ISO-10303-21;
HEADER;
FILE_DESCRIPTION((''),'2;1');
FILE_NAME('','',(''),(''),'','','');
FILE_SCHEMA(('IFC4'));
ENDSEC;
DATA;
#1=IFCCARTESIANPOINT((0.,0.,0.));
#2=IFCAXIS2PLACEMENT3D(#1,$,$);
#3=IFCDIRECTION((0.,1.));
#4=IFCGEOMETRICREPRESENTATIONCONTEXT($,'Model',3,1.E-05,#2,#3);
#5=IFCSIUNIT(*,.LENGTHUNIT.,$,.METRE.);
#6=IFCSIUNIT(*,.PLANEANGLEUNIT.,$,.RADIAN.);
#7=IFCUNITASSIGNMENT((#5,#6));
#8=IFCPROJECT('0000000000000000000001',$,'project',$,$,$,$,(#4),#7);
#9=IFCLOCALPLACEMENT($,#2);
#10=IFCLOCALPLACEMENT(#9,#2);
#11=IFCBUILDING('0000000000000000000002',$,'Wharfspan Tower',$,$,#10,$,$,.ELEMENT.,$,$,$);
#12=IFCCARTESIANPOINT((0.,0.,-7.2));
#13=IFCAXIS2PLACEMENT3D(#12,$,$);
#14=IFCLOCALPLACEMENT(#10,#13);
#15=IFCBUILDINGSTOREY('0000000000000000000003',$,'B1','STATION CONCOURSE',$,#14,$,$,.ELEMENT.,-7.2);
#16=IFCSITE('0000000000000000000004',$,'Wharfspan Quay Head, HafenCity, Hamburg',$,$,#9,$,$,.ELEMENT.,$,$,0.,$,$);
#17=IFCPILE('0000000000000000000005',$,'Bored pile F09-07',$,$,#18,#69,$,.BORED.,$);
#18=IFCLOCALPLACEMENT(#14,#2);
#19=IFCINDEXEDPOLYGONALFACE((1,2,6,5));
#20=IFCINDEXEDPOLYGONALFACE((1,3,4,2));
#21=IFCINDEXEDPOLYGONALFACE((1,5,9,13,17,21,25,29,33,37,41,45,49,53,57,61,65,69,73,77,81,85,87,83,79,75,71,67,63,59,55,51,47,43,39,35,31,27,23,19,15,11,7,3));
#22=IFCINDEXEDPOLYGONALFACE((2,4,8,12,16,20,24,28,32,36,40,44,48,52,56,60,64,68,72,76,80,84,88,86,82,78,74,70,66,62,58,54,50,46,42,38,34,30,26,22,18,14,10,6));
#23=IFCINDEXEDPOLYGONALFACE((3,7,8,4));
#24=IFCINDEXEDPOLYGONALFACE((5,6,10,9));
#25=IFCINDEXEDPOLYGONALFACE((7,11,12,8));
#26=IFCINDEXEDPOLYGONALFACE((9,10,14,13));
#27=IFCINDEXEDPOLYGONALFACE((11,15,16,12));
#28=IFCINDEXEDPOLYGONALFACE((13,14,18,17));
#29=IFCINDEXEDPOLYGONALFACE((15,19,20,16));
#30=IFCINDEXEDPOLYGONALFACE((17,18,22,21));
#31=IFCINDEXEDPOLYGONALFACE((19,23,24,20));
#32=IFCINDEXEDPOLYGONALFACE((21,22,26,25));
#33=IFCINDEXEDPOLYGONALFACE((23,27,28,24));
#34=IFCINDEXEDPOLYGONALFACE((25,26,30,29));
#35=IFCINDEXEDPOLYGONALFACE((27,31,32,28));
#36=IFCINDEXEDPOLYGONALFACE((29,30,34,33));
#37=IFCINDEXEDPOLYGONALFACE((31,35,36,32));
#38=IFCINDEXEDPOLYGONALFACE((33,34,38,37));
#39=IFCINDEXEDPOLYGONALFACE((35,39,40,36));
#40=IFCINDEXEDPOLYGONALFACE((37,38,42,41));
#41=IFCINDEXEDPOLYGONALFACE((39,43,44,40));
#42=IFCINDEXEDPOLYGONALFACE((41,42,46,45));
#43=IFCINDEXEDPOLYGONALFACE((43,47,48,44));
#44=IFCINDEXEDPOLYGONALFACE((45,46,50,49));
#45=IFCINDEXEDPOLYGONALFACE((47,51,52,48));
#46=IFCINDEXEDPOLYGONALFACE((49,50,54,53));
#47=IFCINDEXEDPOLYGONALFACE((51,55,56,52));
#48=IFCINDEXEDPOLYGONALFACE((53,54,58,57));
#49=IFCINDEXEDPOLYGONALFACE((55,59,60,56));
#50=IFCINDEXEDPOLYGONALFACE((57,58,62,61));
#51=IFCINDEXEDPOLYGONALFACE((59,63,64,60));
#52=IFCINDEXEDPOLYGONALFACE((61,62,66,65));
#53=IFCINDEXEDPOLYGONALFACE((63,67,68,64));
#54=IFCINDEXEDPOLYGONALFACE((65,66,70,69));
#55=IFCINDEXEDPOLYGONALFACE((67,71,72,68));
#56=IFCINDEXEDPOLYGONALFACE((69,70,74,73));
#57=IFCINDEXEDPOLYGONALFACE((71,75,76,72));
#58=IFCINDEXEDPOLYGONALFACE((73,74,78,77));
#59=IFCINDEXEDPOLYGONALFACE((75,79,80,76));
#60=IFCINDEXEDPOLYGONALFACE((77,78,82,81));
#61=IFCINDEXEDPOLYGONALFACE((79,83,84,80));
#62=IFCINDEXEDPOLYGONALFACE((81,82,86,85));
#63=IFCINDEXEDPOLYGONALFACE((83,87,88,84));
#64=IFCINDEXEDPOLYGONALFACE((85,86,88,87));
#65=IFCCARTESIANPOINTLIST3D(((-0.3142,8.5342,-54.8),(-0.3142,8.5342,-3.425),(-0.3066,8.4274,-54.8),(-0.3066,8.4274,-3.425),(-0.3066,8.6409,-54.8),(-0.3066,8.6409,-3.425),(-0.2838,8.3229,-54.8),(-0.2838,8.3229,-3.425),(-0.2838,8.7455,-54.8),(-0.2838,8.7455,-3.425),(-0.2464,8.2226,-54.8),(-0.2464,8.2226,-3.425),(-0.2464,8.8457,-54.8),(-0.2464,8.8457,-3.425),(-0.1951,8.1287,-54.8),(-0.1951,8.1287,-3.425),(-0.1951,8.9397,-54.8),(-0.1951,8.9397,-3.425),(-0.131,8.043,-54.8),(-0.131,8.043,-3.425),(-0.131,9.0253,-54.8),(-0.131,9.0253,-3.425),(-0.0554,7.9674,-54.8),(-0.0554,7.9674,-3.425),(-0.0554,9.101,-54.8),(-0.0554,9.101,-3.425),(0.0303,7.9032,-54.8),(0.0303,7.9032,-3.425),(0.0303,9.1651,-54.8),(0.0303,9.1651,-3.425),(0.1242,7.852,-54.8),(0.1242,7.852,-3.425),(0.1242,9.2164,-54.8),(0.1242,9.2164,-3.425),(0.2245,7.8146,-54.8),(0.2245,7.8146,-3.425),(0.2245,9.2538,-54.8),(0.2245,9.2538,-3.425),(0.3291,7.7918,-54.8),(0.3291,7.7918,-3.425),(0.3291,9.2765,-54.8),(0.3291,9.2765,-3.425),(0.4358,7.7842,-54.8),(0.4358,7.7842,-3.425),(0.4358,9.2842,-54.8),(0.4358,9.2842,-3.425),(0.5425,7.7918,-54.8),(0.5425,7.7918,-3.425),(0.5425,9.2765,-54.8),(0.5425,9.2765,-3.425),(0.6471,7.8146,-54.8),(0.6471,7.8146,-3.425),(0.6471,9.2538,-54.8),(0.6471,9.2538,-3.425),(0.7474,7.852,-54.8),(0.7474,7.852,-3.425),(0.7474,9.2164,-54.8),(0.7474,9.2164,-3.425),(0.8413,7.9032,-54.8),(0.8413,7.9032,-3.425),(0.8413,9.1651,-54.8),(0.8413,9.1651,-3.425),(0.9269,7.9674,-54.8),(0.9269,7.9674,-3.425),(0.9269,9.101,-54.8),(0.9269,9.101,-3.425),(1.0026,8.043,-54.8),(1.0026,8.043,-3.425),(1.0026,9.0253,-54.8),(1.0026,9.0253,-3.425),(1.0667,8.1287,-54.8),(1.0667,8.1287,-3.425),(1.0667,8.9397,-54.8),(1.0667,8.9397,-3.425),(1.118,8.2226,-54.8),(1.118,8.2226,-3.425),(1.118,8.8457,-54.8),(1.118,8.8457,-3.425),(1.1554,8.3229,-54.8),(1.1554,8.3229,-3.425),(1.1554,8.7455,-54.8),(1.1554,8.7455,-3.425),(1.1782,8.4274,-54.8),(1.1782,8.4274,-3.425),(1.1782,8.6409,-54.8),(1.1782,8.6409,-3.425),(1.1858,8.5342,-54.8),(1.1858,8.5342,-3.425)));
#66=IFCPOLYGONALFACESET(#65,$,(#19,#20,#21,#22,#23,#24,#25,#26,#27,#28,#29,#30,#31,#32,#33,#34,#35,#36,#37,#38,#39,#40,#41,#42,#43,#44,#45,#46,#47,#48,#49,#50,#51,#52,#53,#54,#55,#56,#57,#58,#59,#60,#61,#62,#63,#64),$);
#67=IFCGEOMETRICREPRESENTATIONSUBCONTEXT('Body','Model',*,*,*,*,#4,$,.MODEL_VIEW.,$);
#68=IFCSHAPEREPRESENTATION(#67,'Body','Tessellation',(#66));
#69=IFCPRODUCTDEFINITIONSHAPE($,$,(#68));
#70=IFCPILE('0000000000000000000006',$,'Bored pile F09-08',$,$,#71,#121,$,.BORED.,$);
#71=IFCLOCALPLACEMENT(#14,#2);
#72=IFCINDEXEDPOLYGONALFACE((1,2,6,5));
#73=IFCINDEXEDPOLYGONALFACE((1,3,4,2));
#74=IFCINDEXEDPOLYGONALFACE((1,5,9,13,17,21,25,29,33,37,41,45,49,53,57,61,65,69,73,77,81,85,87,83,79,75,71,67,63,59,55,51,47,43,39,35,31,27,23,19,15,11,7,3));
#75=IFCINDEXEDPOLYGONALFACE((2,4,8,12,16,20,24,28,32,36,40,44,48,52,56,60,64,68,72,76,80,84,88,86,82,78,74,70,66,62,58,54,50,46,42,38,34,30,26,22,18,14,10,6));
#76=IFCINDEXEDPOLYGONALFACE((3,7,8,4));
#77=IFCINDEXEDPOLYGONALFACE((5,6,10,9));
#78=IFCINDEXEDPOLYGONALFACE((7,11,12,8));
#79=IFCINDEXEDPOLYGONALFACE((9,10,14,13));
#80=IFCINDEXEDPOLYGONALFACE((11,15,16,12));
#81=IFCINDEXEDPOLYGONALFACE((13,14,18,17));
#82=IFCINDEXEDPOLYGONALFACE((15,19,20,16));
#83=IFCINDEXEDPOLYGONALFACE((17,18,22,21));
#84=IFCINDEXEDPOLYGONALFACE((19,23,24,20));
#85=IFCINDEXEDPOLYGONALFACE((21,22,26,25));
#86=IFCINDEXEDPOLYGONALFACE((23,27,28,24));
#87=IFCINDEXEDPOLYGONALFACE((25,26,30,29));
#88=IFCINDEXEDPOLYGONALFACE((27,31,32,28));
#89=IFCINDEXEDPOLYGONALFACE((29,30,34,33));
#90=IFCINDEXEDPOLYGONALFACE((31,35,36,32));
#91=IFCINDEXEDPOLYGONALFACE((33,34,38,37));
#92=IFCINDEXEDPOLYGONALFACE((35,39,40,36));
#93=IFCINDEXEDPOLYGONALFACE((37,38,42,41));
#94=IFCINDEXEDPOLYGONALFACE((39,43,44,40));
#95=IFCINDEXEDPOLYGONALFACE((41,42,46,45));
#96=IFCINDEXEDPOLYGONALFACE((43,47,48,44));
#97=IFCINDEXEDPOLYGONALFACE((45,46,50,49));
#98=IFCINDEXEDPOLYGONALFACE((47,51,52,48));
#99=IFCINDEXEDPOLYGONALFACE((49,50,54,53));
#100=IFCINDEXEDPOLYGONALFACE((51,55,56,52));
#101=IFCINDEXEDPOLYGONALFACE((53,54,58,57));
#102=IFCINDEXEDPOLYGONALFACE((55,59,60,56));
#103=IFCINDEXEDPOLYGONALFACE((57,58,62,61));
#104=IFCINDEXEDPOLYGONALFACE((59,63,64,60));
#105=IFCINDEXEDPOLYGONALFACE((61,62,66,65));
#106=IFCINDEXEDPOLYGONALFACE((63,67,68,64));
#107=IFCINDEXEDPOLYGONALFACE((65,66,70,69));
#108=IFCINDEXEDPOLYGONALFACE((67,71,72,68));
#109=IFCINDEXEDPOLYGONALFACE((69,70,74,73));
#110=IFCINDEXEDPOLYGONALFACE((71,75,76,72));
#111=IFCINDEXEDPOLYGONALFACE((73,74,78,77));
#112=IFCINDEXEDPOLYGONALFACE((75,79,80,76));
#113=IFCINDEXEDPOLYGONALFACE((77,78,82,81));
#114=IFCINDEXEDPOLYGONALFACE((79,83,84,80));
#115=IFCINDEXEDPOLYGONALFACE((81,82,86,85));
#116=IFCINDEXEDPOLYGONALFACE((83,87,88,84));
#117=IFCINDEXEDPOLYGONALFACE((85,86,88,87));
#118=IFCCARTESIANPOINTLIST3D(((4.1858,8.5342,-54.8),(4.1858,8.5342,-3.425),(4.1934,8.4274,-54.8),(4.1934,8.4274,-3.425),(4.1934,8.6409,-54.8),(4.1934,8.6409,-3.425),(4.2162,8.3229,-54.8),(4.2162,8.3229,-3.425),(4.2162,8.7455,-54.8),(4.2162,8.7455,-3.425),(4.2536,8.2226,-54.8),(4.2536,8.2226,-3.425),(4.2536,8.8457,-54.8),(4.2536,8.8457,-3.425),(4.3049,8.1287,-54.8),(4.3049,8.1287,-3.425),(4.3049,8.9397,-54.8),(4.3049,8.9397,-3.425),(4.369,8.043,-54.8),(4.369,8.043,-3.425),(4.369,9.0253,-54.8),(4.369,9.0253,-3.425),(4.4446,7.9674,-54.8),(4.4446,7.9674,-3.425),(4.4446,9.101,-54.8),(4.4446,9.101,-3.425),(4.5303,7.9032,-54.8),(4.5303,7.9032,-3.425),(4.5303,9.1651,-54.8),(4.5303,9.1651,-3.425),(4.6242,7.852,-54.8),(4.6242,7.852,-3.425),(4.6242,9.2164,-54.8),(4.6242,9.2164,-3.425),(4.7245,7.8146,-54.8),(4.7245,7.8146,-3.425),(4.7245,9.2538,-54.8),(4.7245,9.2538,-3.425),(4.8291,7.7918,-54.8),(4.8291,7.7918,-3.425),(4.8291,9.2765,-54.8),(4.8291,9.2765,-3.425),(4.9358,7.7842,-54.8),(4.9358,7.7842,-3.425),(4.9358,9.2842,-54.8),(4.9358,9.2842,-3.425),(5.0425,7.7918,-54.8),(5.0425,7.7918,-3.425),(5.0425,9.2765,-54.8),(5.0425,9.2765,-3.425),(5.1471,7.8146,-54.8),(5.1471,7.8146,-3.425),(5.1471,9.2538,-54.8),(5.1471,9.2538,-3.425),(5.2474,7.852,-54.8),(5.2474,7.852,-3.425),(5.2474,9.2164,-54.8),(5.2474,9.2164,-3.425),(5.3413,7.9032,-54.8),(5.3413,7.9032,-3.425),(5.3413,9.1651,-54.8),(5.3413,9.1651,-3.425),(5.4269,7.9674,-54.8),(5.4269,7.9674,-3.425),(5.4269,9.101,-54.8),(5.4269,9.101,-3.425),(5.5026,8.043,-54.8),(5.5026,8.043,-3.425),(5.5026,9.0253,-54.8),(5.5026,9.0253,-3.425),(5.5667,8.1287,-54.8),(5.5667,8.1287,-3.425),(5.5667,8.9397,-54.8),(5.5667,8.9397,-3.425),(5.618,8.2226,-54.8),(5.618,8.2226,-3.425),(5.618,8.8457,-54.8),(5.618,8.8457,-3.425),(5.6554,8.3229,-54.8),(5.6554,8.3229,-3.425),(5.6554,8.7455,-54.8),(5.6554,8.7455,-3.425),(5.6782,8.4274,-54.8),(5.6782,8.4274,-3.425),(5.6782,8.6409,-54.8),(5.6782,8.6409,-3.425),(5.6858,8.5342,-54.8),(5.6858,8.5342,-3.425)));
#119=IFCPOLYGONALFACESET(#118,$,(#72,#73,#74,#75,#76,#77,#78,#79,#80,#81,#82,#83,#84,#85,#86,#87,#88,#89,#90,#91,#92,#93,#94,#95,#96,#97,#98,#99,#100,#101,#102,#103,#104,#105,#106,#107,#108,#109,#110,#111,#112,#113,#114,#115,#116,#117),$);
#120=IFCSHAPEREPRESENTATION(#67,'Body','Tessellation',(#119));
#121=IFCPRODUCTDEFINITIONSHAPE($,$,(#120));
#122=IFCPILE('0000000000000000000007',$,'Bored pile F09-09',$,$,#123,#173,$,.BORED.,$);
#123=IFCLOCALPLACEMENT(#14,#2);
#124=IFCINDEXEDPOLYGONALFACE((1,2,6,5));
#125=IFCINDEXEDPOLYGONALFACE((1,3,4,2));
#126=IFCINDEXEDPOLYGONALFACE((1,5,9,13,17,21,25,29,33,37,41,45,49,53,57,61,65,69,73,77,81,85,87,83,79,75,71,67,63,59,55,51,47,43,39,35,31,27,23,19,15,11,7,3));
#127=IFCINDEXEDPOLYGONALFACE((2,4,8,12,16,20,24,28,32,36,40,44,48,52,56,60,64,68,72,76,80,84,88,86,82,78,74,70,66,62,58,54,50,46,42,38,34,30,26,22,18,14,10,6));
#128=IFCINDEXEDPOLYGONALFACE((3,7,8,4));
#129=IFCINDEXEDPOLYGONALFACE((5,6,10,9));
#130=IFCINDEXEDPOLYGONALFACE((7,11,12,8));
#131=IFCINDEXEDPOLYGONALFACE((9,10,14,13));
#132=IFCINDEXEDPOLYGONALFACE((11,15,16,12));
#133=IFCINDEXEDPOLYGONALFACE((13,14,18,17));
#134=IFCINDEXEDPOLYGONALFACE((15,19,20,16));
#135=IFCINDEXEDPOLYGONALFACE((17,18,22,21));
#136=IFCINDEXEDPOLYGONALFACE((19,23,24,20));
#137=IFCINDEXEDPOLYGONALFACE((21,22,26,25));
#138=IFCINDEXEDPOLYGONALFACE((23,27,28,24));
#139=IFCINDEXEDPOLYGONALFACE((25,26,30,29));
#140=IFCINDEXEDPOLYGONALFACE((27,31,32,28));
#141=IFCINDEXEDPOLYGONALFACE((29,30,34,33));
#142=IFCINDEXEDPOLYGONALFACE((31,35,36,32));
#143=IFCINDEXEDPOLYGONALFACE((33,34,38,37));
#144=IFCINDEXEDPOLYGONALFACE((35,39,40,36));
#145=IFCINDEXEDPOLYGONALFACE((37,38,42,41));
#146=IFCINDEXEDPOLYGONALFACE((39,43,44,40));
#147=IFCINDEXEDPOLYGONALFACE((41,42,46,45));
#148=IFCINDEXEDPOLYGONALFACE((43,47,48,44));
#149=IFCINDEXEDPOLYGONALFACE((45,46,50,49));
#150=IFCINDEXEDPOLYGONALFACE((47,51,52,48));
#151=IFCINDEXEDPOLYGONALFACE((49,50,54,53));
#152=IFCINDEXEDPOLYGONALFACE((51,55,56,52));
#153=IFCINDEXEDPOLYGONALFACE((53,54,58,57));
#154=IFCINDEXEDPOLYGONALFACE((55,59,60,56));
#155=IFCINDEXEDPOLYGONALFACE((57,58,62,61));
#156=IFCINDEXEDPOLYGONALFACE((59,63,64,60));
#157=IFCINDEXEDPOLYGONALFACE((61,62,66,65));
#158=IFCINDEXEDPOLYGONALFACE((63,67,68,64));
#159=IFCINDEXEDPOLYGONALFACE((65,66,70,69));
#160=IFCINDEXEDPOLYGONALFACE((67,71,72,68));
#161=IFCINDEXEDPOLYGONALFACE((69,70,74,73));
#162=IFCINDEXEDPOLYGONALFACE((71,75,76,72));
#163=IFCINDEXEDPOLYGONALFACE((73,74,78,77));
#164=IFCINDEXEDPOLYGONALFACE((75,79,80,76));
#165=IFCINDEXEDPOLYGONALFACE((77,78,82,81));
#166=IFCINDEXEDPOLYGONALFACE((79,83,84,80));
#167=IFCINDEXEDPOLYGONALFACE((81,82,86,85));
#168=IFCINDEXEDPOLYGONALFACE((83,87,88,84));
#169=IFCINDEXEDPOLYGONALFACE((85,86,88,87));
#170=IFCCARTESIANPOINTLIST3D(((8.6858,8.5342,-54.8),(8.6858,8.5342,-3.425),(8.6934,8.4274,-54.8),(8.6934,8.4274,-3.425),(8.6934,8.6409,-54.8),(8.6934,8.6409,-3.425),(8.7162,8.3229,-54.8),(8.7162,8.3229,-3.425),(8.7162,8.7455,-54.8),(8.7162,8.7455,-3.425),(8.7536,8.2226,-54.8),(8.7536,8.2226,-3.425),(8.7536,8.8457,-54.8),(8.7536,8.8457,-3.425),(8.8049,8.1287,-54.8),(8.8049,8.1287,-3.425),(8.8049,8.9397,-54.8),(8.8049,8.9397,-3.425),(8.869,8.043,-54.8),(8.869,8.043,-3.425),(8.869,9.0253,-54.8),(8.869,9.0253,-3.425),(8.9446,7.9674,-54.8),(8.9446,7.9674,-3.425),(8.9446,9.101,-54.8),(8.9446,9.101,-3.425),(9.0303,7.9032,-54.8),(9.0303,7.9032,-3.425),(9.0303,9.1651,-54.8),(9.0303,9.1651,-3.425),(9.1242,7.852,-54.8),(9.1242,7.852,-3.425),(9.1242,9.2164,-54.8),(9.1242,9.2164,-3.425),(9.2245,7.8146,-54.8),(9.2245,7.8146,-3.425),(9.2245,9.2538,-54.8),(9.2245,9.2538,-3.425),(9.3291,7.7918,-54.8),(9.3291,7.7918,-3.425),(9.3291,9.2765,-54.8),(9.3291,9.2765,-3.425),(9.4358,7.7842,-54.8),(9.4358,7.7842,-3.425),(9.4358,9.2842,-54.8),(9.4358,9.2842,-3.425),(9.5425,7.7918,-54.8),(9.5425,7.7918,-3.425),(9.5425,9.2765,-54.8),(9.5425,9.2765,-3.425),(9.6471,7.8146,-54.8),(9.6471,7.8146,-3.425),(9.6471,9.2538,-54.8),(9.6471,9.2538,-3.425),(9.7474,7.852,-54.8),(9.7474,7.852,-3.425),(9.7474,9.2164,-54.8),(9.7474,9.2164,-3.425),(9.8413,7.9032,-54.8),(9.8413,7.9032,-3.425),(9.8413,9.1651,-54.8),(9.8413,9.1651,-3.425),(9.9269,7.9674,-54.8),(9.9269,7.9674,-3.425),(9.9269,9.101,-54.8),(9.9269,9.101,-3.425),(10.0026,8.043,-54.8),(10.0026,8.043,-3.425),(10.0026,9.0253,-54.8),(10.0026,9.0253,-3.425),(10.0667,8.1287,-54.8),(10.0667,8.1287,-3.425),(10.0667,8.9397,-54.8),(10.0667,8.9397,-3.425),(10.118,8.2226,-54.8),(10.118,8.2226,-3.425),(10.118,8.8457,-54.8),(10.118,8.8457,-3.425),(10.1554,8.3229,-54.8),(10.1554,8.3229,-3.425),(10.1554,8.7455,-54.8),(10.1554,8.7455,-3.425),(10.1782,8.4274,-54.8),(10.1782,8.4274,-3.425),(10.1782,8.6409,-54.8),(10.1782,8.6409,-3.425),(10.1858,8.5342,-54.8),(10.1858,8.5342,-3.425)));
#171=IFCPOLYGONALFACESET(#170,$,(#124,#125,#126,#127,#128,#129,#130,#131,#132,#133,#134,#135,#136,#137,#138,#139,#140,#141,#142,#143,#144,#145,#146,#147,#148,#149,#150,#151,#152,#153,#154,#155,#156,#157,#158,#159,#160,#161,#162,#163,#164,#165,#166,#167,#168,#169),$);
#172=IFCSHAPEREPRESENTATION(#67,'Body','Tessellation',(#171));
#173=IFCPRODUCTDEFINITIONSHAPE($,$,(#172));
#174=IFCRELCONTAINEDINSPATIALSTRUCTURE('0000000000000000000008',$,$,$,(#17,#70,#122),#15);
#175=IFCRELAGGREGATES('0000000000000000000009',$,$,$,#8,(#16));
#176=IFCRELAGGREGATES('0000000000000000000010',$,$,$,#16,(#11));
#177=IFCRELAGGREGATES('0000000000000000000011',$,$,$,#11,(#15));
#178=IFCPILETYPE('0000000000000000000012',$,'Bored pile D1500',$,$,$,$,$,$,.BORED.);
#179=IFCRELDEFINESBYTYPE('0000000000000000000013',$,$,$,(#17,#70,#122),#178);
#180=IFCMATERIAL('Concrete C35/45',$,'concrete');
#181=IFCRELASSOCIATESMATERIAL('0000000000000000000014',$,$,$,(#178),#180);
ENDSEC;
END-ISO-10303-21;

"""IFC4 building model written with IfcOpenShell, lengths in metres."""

from ifc_helpers import new_model, si_unit, direction, frame, origin, origin_2d, place, context, subcontext, project, spatial, circle, extrude, material, material_profile, profile_set, type_object, element, save


model = new_model("IFC4")

# Units and contexts
model_context = context("Model", 3, precision=1e-05, world=origin(), true_north=direction((0.0, 1.0)))
body_context = subcontext(model_context, "Body", "Model", "MODEL_VIEW")
ifc_project = project(units=[si_unit("LENGTHUNIT", "METRE"), si_unit("PLANEANGLEUNIT", "RADIAN")], contexts=[model_context])

# Site, building, storey
site_placement = place(None, origin())
site = spatial("IfcSite", under=ifc_project, at=site_placement, Name="Wharfspan Quay Head, HafenCity, Hamburg", CompositionType="ELEMENT", RefElevation=0.0)
building_placement = place(site_placement, origin())
building = spatial("IfcBuilding", under=site, at=building_placement, Name="Wharfspan Tower", CompositionType="ELEMENT")
storey_placement = place(building_placement, frame((0.0, 0.0, -7.2)))
storey = spatial("IfcBuildingStorey", under=building, at=storey_placement, Name="B1", Description="STATION CONCOURSE", CompositionType="ELEMENT", Elevation=-7.2)

# Piles
ifc_material_1 = material(Name="Concrete C35/45", Category="concrete")
ifc_material_profile_1 = material_profile(ifc_material_1, circle(Radius=0.75, at=origin_2d()))
ifc_profile_set_1 = profile_set([ifc_material_profile_1], Name="Concrete C35/45")
pile_type = type_object("IfcPileType", Name="Bored pile D1500", PredefinedType="BORED", material=ifc_profile_set_1)
for number, where, z_axis, x_axis, name in (
    (1, (0.4358, 8.5342, -3.425), (0.0, 0.0, -1.0), (1.0, 0.0, 0.0), "Bored pile F09-07"),
    (2, (4.9358, 8.5342, -3.425), (0.0, 0.0, -1.0), (1.0, 0.0, 0.0), "Bored pile F09-08"),
    (3, (9.4358, 8.5342, -3.425), (0.0, 0.0, -1.0), (1.0, 0.0, 0.0), "Bored pile F09-09"),
):
    element("IfcPile", number, at=place(storey_placement, frame(where, z_axis=z_axis, x_axis=x_axis)), inside=storey, type_object=pile_type, Name=name, PredefinedType="BORED", context=body_context, shape_type="SweptSolid", body=[
        extrude(circle(Radius=0.75, at=origin_2d()), origin(), (0.0, 0.0, 1.0), 51.375),
    ])

save(model, "model.ifc")
